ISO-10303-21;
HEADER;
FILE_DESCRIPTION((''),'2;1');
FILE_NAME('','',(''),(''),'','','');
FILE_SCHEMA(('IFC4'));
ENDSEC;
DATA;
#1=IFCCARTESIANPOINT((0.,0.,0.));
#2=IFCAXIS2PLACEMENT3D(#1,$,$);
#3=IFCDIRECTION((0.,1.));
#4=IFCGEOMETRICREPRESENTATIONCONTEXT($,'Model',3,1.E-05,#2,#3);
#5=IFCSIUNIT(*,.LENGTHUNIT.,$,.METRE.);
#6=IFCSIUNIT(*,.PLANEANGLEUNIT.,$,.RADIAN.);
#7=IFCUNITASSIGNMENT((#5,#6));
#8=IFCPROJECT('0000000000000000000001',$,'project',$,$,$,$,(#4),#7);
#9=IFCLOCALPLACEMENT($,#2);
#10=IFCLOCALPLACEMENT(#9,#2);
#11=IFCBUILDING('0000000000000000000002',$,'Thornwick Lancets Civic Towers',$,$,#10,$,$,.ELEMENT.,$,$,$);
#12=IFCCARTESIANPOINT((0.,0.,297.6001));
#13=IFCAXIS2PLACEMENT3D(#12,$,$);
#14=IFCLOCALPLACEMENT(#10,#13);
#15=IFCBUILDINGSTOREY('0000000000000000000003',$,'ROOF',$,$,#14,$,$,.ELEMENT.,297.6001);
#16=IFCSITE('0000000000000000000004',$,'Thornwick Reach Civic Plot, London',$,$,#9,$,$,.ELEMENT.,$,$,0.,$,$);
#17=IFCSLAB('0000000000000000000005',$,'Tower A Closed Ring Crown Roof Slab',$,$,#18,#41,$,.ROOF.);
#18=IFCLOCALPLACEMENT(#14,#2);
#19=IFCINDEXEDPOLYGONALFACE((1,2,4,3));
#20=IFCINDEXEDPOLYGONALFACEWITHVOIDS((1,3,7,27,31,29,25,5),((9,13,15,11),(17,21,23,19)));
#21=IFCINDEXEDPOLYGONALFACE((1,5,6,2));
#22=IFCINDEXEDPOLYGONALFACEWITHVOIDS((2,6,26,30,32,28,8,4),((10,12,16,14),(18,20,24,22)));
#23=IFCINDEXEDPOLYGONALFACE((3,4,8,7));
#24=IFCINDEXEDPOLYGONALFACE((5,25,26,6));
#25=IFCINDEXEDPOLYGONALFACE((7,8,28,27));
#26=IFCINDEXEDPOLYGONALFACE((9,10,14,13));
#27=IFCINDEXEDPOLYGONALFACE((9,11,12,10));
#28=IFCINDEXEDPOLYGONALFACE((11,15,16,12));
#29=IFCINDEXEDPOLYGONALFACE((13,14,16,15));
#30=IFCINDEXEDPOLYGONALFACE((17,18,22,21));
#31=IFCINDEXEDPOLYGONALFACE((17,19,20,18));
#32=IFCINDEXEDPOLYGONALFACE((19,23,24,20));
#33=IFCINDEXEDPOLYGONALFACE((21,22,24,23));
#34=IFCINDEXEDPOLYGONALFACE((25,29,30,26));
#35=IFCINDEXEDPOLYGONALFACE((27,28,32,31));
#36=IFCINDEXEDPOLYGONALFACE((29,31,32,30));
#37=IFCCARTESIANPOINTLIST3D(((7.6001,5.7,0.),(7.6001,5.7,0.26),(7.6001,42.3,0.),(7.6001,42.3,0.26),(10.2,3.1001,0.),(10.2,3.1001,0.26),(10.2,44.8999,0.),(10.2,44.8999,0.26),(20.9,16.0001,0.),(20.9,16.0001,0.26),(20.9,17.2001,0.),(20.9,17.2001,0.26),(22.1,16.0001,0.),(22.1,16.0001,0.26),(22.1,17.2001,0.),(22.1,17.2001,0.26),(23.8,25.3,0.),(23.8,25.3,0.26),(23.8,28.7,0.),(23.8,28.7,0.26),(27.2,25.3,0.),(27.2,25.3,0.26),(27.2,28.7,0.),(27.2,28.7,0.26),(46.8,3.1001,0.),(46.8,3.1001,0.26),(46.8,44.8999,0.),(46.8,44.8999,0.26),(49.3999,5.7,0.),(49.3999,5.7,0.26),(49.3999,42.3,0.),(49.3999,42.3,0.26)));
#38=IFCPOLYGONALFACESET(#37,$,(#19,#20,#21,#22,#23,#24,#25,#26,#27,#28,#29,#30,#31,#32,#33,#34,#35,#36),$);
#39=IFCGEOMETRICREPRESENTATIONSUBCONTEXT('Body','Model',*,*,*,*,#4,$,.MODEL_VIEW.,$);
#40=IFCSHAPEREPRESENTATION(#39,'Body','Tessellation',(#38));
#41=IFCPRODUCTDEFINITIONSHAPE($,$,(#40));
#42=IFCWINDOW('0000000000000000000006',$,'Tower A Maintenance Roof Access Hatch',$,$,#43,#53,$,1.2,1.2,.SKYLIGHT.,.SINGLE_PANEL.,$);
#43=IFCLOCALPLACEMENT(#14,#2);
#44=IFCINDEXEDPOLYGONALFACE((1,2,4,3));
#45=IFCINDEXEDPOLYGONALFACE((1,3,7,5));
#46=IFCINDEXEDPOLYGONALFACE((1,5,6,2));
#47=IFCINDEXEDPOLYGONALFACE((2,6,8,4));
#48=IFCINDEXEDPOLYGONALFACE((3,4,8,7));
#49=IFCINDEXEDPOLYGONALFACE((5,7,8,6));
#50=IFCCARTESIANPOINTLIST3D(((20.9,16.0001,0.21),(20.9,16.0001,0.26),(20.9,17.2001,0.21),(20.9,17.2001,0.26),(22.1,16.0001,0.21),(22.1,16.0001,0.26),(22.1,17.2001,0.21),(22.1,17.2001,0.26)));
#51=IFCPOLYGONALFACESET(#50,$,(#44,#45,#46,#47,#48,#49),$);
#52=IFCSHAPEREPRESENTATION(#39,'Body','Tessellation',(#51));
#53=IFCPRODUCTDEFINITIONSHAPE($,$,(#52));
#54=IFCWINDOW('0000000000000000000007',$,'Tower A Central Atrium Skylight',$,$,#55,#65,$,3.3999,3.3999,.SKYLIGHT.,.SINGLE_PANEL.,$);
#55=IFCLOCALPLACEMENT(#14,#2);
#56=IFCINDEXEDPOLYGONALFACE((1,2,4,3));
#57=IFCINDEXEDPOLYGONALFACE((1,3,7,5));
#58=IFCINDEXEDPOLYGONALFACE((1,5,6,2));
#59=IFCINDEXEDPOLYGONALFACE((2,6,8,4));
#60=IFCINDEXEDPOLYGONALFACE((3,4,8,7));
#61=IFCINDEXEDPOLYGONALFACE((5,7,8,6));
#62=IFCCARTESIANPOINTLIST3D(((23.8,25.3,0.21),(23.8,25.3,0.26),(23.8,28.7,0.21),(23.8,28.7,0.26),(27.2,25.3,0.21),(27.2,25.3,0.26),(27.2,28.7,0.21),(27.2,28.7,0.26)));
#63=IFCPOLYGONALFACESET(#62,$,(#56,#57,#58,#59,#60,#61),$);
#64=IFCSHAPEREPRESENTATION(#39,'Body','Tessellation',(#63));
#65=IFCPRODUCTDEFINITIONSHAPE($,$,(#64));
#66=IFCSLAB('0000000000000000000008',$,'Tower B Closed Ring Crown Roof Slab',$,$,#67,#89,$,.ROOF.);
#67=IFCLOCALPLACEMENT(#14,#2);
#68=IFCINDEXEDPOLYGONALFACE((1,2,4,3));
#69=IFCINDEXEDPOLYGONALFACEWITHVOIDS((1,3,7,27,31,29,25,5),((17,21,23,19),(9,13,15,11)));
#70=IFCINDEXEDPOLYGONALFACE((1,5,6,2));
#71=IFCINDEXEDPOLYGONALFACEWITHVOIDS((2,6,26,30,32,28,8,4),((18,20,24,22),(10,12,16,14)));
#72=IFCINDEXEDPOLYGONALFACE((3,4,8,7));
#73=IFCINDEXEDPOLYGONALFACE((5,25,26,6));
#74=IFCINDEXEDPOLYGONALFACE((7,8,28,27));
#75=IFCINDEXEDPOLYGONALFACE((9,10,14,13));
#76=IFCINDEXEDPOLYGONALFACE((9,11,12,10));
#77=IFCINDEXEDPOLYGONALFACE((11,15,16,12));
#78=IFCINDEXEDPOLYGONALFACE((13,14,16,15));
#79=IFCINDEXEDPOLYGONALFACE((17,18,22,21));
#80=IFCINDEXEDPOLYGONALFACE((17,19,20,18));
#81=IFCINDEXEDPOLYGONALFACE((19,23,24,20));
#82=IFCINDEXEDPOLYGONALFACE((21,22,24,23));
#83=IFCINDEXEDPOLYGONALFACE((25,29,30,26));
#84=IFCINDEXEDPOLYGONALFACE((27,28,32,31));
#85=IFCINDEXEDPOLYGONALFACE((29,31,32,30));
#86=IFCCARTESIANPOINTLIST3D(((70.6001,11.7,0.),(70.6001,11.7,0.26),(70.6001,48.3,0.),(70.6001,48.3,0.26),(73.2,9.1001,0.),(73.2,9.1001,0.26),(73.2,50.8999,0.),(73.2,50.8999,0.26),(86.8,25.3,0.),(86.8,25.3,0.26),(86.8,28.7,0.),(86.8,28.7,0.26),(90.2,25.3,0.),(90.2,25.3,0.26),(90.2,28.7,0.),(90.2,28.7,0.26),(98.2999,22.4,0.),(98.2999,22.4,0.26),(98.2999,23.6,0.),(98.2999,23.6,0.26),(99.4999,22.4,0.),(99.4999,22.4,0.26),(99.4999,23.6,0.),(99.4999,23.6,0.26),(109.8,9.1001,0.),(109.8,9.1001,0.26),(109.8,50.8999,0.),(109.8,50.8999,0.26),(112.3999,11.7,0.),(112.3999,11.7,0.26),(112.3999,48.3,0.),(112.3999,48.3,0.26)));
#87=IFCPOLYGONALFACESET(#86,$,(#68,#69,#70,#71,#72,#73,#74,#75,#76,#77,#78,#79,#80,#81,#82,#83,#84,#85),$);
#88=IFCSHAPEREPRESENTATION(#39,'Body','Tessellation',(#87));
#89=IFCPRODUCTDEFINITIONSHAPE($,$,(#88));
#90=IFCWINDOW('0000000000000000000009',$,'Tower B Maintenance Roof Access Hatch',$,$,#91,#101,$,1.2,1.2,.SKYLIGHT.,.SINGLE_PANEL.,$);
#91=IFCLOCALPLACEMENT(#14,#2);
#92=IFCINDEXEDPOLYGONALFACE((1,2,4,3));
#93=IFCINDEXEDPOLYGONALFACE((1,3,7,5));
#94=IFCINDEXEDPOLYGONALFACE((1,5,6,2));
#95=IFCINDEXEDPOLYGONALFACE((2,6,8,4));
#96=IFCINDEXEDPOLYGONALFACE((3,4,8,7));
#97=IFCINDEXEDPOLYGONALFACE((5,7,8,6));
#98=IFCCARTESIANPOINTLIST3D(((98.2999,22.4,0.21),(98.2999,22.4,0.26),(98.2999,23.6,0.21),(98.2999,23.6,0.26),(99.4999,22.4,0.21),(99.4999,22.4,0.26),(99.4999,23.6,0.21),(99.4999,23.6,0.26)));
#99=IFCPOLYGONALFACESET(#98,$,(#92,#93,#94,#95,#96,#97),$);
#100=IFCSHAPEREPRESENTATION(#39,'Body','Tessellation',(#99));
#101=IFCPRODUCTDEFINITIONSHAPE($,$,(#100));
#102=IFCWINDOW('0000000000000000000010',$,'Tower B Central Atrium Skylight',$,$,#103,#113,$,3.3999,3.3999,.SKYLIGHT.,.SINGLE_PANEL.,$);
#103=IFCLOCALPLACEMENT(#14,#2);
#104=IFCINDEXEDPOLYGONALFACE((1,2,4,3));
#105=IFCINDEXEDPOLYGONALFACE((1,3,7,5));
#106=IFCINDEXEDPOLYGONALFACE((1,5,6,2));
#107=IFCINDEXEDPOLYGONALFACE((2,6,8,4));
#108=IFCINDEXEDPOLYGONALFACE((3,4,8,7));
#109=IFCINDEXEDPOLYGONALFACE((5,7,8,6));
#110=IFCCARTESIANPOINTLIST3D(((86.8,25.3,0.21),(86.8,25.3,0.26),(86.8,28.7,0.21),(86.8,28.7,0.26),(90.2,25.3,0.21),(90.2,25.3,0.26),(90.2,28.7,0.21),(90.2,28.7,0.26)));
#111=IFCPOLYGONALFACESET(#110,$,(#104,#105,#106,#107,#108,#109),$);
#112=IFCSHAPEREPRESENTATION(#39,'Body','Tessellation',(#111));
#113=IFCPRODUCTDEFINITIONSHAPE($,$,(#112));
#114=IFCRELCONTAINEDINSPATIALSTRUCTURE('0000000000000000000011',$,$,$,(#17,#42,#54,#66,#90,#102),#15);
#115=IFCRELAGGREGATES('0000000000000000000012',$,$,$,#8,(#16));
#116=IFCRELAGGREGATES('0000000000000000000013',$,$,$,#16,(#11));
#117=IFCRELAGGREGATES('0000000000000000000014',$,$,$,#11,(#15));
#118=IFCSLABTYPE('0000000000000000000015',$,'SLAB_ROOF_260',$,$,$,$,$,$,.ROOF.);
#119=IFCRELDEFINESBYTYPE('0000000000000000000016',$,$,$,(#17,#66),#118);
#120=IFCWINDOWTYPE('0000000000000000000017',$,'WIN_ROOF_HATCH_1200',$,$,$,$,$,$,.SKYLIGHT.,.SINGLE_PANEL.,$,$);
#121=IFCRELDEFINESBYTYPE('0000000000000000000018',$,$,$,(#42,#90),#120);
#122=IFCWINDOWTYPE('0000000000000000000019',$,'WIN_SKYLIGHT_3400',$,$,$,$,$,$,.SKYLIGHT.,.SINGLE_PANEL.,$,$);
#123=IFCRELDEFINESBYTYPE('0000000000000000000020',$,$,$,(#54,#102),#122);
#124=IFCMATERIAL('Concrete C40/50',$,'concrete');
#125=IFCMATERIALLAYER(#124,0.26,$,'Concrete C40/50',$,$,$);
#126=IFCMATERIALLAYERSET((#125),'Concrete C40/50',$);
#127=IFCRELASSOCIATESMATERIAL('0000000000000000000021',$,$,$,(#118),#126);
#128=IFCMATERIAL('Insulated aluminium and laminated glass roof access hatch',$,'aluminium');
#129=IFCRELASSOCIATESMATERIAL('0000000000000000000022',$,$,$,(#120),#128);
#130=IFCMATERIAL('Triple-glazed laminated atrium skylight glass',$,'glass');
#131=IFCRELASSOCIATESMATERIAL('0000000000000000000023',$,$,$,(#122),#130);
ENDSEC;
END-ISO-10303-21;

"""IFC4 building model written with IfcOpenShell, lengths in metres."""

from ifc_helpers import new_model, si_unit, direction, frame, origin, origin_2d, place, context, subcontext, project, spatial, polyline, rectangle, outline, extrude, material, layer, layer_set, type_object, element, fill, save


model = new_model("IFC4")

# Units and contexts
model_context = context("Model", 3, precision=1e-05, world=origin(), true_north=direction((0.0, 1.0)))
body_context = subcontext(model_context, "Body", "Model", "MODEL_VIEW")
ifc_project = project(units=[si_unit("LENGTHUNIT", "METRE"), si_unit("PLANEANGLEUNIT", "RADIAN")], contexts=[model_context])

# Site, building, storey
site_placement = place(None, origin())
site = spatial("IfcSite", under=ifc_project, at=site_placement, Name="Thornwick Reach Civic Plot, London", CompositionType="ELEMENT", RefElevation=0.0)
building_placement = place(site_placement, origin())
building = spatial("IfcBuilding", under=site, at=building_placement, Name="Thornwick Lancets Civic Towers", CompositionType="ELEMENT")
storey_placement = place(building_placement, frame((0.0, 0.0, 297.6001)))
storey = spatial("IfcBuildingStorey", under=building, at=storey_placement, Name="ROOF", CompositionType="ELEMENT", Elevation=297.6001)

# Slabs, openings, windows
ifc_material_1 = material(Name="Concrete C40/50", Category="concrete")
ifc_layer = layer(ifc_material_1, 0.26, Name="Concrete C40/50")
ifc_layer_set = layer_set([ifc_layer], Name="Concrete C40/50")
slab_type = type_object("IfcSlabType", Name="SLAB_ROOF_260", PredefinedType="ROOF", material=ifc_layer_set)
slab_1_placement = place(storey_placement, origin())
slab_1 = element("IfcSlab", 1, at=slab_1_placement, inside=storey, type_object=slab_type, Name="Tower A Closed Ring Crown Roof Slab", PredefinedType="ROOF", context=body_context, shape_type="SweptSolid", body=[
    extrude(outline(polyline([(10.2, 3.1001), (46.8, 3.1001), (49.3999, 5.7), (49.3999, 42.3), (46.8, 44.8999), (10.2, 44.8999), (7.6001, 42.3), (7.6001, 5.7), (10.2, 3.1001)])), origin(), (0.0, 0.0, 1.0), 0.26),
])
opening_1_placement = place(slab_1_placement, frame((25.5, 27.0, -0.01)))
opening_1 = element("IfcOpeningElement", 2, at=opening_1_placement, cuts=slab_1, PredefinedType="OPENING", context=body_context, shape_type="SweptSolid", body=[
    extrude(rectangle(XDim=3.3999, YDim=3.3999, at=origin_2d()), origin(), (0.0, 0.0, 1.0), 0.28),
])
opening_2_placement = place(slab_1_placement, frame((21.5, 16.6001, -0.01)))
opening_2 = element("IfcOpeningElement", 3, at=opening_2_placement, cuts=slab_1, PredefinedType="OPENING", context=body_context, shape_type="SweptSolid", body=[
    extrude(rectangle(XDim=1.2, YDim=1.2, at=origin_2d()), origin(), (0.0, 0.0, 1.0), 0.28),
])
ifc_material_2 = material(Name="Insulated aluminium and laminated glass roof access hatch", Category="aluminium")
window_type_1 = type_object("IfcWindowType", Name="WIN_ROOF_HATCH_1200", PartitioningType="SINGLE_PANEL", PredefinedType="SKYLIGHT", material=ifc_material_2)
window_1_placement = place(slab_1_placement, frame((21.5, 16.6001, 0.21)))
window_1 = element("IfcWindow", 4, at=window_1_placement, inside=storey, type_object=window_type_1, Name="Tower A Maintenance Roof Access Hatch", OverallHeight=1.2, OverallWidth=1.2, PartitioningType="SINGLE_PANEL", PredefinedType="SKYLIGHT", context=body_context, shape_type="SweptSolid", body=[
    extrude(rectangle(XDim=1.2, YDim=1.2, at=origin_2d()), origin(), (0.0, 0.0, 1.0), 0.05),
])
fill(opening_2, window_1)
ifc_material_3 = material(Name="Triple-glazed laminated atrium skylight glass", Category="glass")
window_type_2 = type_object("IfcWindowType", Name="WIN_SKYLIGHT_3400", PartitioningType="SINGLE_PANEL", PredefinedType="SKYLIGHT", material=ifc_material_3)
window_2_placement = place(slab_1_placement, frame((25.5, 27.0, 0.21)))
window_2 = element("IfcWindow", 5, at=window_2_placement, inside=storey, type_object=window_type_2, Name="Tower A Central Atrium Skylight", OverallHeight=3.3999, OverallWidth=3.3999, PartitioningType="SINGLE_PANEL", PredefinedType="SKYLIGHT", context=body_context, shape_type="SweptSolid", body=[
    extrude(rectangle(XDim=3.3999, YDim=3.3999, at=origin_2d()), origin(), (0.0, 0.0, 1.0), 0.05),
])
fill(opening_1, window_2)
slab_2_placement = place(storey_placement, origin())
slab_2 = element("IfcSlab", 6, at=slab_2_placement, inside=storey, type_object=slab_type, Name="Tower B Closed Ring Crown Roof Slab", PredefinedType="ROOF", context=body_context, shape_type="SweptSolid", body=[
    extrude(outline(polyline([(73.2, 9.1001), (109.8, 9.1001), (112.3999, 11.7), (112.3999, 48.3), (109.8, 50.8999), (73.2, 50.8999), (70.6001, 48.3), (70.6001, 11.7), (73.2, 9.1001)])), origin(), (0.0, 0.0, 1.0), 0.26),
])
opening_3_placement = place(slab_2_placement, frame((88.5, 27.0, -0.01)))
opening_3 = element("IfcOpeningElement", 7, at=opening_3_placement, cuts=slab_2, PredefinedType="OPENING", context=body_context, shape_type="SweptSolid", body=[
    extrude(rectangle(XDim=3.3999, YDim=3.3999, at=origin_2d()), origin(), (0.0, 0.0, 1.0), 0.28),
])
opening_4_placement = place(slab_2_placement, frame((98.8999, 23.0, -0.01)))
opening_4 = element("IfcOpeningElement", 8, at=opening_4_placement, cuts=slab_2, PredefinedType="OPENING", context=body_context, shape_type="SweptSolid", body=[
    extrude(rectangle(XDim=1.2, YDim=1.2, at=origin_2d()), origin(), (0.0, 0.0, 1.0), 0.28),
])
window_3_placement = place(slab_2_placement, frame((98.8999, 23.0, 0.21)))
window_3 = element("IfcWindow", 9, at=window_3_placement, inside=storey, type_object=window_type_1, Name="Tower B Maintenance Roof Access Hatch", OverallHeight=1.2, OverallWidth=1.2, PartitioningType="SINGLE_PANEL", PredefinedType="SKYLIGHT", context=body_context, shape_type="SweptSolid", body=[
    extrude(rectangle(XDim=1.2, YDim=1.2, at=origin_2d()), origin(), (0.0, 0.0, 1.0), 0.05),
])
fill(opening_4, window_3)
window_4_placement = place(slab_2_placement, frame((88.5, 27.0, 0.21)))
window_4 = element("IfcWindow", 10, at=window_4_placement, inside=storey, type_object=window_type_2, Name="Tower B Central Atrium Skylight", OverallHeight=3.3999, OverallWidth=3.3999, PartitioningType="SINGLE_PANEL", PredefinedType="SKYLIGHT", context=body_context, shape_type="SweptSolid", body=[
    extrude(rectangle(XDim=3.3999, YDim=3.3999, at=origin_2d()), origin(), (0.0, 0.0, 1.0), 0.05),
])
fill(opening_3, window_4)

save(model, "model.ifc")
